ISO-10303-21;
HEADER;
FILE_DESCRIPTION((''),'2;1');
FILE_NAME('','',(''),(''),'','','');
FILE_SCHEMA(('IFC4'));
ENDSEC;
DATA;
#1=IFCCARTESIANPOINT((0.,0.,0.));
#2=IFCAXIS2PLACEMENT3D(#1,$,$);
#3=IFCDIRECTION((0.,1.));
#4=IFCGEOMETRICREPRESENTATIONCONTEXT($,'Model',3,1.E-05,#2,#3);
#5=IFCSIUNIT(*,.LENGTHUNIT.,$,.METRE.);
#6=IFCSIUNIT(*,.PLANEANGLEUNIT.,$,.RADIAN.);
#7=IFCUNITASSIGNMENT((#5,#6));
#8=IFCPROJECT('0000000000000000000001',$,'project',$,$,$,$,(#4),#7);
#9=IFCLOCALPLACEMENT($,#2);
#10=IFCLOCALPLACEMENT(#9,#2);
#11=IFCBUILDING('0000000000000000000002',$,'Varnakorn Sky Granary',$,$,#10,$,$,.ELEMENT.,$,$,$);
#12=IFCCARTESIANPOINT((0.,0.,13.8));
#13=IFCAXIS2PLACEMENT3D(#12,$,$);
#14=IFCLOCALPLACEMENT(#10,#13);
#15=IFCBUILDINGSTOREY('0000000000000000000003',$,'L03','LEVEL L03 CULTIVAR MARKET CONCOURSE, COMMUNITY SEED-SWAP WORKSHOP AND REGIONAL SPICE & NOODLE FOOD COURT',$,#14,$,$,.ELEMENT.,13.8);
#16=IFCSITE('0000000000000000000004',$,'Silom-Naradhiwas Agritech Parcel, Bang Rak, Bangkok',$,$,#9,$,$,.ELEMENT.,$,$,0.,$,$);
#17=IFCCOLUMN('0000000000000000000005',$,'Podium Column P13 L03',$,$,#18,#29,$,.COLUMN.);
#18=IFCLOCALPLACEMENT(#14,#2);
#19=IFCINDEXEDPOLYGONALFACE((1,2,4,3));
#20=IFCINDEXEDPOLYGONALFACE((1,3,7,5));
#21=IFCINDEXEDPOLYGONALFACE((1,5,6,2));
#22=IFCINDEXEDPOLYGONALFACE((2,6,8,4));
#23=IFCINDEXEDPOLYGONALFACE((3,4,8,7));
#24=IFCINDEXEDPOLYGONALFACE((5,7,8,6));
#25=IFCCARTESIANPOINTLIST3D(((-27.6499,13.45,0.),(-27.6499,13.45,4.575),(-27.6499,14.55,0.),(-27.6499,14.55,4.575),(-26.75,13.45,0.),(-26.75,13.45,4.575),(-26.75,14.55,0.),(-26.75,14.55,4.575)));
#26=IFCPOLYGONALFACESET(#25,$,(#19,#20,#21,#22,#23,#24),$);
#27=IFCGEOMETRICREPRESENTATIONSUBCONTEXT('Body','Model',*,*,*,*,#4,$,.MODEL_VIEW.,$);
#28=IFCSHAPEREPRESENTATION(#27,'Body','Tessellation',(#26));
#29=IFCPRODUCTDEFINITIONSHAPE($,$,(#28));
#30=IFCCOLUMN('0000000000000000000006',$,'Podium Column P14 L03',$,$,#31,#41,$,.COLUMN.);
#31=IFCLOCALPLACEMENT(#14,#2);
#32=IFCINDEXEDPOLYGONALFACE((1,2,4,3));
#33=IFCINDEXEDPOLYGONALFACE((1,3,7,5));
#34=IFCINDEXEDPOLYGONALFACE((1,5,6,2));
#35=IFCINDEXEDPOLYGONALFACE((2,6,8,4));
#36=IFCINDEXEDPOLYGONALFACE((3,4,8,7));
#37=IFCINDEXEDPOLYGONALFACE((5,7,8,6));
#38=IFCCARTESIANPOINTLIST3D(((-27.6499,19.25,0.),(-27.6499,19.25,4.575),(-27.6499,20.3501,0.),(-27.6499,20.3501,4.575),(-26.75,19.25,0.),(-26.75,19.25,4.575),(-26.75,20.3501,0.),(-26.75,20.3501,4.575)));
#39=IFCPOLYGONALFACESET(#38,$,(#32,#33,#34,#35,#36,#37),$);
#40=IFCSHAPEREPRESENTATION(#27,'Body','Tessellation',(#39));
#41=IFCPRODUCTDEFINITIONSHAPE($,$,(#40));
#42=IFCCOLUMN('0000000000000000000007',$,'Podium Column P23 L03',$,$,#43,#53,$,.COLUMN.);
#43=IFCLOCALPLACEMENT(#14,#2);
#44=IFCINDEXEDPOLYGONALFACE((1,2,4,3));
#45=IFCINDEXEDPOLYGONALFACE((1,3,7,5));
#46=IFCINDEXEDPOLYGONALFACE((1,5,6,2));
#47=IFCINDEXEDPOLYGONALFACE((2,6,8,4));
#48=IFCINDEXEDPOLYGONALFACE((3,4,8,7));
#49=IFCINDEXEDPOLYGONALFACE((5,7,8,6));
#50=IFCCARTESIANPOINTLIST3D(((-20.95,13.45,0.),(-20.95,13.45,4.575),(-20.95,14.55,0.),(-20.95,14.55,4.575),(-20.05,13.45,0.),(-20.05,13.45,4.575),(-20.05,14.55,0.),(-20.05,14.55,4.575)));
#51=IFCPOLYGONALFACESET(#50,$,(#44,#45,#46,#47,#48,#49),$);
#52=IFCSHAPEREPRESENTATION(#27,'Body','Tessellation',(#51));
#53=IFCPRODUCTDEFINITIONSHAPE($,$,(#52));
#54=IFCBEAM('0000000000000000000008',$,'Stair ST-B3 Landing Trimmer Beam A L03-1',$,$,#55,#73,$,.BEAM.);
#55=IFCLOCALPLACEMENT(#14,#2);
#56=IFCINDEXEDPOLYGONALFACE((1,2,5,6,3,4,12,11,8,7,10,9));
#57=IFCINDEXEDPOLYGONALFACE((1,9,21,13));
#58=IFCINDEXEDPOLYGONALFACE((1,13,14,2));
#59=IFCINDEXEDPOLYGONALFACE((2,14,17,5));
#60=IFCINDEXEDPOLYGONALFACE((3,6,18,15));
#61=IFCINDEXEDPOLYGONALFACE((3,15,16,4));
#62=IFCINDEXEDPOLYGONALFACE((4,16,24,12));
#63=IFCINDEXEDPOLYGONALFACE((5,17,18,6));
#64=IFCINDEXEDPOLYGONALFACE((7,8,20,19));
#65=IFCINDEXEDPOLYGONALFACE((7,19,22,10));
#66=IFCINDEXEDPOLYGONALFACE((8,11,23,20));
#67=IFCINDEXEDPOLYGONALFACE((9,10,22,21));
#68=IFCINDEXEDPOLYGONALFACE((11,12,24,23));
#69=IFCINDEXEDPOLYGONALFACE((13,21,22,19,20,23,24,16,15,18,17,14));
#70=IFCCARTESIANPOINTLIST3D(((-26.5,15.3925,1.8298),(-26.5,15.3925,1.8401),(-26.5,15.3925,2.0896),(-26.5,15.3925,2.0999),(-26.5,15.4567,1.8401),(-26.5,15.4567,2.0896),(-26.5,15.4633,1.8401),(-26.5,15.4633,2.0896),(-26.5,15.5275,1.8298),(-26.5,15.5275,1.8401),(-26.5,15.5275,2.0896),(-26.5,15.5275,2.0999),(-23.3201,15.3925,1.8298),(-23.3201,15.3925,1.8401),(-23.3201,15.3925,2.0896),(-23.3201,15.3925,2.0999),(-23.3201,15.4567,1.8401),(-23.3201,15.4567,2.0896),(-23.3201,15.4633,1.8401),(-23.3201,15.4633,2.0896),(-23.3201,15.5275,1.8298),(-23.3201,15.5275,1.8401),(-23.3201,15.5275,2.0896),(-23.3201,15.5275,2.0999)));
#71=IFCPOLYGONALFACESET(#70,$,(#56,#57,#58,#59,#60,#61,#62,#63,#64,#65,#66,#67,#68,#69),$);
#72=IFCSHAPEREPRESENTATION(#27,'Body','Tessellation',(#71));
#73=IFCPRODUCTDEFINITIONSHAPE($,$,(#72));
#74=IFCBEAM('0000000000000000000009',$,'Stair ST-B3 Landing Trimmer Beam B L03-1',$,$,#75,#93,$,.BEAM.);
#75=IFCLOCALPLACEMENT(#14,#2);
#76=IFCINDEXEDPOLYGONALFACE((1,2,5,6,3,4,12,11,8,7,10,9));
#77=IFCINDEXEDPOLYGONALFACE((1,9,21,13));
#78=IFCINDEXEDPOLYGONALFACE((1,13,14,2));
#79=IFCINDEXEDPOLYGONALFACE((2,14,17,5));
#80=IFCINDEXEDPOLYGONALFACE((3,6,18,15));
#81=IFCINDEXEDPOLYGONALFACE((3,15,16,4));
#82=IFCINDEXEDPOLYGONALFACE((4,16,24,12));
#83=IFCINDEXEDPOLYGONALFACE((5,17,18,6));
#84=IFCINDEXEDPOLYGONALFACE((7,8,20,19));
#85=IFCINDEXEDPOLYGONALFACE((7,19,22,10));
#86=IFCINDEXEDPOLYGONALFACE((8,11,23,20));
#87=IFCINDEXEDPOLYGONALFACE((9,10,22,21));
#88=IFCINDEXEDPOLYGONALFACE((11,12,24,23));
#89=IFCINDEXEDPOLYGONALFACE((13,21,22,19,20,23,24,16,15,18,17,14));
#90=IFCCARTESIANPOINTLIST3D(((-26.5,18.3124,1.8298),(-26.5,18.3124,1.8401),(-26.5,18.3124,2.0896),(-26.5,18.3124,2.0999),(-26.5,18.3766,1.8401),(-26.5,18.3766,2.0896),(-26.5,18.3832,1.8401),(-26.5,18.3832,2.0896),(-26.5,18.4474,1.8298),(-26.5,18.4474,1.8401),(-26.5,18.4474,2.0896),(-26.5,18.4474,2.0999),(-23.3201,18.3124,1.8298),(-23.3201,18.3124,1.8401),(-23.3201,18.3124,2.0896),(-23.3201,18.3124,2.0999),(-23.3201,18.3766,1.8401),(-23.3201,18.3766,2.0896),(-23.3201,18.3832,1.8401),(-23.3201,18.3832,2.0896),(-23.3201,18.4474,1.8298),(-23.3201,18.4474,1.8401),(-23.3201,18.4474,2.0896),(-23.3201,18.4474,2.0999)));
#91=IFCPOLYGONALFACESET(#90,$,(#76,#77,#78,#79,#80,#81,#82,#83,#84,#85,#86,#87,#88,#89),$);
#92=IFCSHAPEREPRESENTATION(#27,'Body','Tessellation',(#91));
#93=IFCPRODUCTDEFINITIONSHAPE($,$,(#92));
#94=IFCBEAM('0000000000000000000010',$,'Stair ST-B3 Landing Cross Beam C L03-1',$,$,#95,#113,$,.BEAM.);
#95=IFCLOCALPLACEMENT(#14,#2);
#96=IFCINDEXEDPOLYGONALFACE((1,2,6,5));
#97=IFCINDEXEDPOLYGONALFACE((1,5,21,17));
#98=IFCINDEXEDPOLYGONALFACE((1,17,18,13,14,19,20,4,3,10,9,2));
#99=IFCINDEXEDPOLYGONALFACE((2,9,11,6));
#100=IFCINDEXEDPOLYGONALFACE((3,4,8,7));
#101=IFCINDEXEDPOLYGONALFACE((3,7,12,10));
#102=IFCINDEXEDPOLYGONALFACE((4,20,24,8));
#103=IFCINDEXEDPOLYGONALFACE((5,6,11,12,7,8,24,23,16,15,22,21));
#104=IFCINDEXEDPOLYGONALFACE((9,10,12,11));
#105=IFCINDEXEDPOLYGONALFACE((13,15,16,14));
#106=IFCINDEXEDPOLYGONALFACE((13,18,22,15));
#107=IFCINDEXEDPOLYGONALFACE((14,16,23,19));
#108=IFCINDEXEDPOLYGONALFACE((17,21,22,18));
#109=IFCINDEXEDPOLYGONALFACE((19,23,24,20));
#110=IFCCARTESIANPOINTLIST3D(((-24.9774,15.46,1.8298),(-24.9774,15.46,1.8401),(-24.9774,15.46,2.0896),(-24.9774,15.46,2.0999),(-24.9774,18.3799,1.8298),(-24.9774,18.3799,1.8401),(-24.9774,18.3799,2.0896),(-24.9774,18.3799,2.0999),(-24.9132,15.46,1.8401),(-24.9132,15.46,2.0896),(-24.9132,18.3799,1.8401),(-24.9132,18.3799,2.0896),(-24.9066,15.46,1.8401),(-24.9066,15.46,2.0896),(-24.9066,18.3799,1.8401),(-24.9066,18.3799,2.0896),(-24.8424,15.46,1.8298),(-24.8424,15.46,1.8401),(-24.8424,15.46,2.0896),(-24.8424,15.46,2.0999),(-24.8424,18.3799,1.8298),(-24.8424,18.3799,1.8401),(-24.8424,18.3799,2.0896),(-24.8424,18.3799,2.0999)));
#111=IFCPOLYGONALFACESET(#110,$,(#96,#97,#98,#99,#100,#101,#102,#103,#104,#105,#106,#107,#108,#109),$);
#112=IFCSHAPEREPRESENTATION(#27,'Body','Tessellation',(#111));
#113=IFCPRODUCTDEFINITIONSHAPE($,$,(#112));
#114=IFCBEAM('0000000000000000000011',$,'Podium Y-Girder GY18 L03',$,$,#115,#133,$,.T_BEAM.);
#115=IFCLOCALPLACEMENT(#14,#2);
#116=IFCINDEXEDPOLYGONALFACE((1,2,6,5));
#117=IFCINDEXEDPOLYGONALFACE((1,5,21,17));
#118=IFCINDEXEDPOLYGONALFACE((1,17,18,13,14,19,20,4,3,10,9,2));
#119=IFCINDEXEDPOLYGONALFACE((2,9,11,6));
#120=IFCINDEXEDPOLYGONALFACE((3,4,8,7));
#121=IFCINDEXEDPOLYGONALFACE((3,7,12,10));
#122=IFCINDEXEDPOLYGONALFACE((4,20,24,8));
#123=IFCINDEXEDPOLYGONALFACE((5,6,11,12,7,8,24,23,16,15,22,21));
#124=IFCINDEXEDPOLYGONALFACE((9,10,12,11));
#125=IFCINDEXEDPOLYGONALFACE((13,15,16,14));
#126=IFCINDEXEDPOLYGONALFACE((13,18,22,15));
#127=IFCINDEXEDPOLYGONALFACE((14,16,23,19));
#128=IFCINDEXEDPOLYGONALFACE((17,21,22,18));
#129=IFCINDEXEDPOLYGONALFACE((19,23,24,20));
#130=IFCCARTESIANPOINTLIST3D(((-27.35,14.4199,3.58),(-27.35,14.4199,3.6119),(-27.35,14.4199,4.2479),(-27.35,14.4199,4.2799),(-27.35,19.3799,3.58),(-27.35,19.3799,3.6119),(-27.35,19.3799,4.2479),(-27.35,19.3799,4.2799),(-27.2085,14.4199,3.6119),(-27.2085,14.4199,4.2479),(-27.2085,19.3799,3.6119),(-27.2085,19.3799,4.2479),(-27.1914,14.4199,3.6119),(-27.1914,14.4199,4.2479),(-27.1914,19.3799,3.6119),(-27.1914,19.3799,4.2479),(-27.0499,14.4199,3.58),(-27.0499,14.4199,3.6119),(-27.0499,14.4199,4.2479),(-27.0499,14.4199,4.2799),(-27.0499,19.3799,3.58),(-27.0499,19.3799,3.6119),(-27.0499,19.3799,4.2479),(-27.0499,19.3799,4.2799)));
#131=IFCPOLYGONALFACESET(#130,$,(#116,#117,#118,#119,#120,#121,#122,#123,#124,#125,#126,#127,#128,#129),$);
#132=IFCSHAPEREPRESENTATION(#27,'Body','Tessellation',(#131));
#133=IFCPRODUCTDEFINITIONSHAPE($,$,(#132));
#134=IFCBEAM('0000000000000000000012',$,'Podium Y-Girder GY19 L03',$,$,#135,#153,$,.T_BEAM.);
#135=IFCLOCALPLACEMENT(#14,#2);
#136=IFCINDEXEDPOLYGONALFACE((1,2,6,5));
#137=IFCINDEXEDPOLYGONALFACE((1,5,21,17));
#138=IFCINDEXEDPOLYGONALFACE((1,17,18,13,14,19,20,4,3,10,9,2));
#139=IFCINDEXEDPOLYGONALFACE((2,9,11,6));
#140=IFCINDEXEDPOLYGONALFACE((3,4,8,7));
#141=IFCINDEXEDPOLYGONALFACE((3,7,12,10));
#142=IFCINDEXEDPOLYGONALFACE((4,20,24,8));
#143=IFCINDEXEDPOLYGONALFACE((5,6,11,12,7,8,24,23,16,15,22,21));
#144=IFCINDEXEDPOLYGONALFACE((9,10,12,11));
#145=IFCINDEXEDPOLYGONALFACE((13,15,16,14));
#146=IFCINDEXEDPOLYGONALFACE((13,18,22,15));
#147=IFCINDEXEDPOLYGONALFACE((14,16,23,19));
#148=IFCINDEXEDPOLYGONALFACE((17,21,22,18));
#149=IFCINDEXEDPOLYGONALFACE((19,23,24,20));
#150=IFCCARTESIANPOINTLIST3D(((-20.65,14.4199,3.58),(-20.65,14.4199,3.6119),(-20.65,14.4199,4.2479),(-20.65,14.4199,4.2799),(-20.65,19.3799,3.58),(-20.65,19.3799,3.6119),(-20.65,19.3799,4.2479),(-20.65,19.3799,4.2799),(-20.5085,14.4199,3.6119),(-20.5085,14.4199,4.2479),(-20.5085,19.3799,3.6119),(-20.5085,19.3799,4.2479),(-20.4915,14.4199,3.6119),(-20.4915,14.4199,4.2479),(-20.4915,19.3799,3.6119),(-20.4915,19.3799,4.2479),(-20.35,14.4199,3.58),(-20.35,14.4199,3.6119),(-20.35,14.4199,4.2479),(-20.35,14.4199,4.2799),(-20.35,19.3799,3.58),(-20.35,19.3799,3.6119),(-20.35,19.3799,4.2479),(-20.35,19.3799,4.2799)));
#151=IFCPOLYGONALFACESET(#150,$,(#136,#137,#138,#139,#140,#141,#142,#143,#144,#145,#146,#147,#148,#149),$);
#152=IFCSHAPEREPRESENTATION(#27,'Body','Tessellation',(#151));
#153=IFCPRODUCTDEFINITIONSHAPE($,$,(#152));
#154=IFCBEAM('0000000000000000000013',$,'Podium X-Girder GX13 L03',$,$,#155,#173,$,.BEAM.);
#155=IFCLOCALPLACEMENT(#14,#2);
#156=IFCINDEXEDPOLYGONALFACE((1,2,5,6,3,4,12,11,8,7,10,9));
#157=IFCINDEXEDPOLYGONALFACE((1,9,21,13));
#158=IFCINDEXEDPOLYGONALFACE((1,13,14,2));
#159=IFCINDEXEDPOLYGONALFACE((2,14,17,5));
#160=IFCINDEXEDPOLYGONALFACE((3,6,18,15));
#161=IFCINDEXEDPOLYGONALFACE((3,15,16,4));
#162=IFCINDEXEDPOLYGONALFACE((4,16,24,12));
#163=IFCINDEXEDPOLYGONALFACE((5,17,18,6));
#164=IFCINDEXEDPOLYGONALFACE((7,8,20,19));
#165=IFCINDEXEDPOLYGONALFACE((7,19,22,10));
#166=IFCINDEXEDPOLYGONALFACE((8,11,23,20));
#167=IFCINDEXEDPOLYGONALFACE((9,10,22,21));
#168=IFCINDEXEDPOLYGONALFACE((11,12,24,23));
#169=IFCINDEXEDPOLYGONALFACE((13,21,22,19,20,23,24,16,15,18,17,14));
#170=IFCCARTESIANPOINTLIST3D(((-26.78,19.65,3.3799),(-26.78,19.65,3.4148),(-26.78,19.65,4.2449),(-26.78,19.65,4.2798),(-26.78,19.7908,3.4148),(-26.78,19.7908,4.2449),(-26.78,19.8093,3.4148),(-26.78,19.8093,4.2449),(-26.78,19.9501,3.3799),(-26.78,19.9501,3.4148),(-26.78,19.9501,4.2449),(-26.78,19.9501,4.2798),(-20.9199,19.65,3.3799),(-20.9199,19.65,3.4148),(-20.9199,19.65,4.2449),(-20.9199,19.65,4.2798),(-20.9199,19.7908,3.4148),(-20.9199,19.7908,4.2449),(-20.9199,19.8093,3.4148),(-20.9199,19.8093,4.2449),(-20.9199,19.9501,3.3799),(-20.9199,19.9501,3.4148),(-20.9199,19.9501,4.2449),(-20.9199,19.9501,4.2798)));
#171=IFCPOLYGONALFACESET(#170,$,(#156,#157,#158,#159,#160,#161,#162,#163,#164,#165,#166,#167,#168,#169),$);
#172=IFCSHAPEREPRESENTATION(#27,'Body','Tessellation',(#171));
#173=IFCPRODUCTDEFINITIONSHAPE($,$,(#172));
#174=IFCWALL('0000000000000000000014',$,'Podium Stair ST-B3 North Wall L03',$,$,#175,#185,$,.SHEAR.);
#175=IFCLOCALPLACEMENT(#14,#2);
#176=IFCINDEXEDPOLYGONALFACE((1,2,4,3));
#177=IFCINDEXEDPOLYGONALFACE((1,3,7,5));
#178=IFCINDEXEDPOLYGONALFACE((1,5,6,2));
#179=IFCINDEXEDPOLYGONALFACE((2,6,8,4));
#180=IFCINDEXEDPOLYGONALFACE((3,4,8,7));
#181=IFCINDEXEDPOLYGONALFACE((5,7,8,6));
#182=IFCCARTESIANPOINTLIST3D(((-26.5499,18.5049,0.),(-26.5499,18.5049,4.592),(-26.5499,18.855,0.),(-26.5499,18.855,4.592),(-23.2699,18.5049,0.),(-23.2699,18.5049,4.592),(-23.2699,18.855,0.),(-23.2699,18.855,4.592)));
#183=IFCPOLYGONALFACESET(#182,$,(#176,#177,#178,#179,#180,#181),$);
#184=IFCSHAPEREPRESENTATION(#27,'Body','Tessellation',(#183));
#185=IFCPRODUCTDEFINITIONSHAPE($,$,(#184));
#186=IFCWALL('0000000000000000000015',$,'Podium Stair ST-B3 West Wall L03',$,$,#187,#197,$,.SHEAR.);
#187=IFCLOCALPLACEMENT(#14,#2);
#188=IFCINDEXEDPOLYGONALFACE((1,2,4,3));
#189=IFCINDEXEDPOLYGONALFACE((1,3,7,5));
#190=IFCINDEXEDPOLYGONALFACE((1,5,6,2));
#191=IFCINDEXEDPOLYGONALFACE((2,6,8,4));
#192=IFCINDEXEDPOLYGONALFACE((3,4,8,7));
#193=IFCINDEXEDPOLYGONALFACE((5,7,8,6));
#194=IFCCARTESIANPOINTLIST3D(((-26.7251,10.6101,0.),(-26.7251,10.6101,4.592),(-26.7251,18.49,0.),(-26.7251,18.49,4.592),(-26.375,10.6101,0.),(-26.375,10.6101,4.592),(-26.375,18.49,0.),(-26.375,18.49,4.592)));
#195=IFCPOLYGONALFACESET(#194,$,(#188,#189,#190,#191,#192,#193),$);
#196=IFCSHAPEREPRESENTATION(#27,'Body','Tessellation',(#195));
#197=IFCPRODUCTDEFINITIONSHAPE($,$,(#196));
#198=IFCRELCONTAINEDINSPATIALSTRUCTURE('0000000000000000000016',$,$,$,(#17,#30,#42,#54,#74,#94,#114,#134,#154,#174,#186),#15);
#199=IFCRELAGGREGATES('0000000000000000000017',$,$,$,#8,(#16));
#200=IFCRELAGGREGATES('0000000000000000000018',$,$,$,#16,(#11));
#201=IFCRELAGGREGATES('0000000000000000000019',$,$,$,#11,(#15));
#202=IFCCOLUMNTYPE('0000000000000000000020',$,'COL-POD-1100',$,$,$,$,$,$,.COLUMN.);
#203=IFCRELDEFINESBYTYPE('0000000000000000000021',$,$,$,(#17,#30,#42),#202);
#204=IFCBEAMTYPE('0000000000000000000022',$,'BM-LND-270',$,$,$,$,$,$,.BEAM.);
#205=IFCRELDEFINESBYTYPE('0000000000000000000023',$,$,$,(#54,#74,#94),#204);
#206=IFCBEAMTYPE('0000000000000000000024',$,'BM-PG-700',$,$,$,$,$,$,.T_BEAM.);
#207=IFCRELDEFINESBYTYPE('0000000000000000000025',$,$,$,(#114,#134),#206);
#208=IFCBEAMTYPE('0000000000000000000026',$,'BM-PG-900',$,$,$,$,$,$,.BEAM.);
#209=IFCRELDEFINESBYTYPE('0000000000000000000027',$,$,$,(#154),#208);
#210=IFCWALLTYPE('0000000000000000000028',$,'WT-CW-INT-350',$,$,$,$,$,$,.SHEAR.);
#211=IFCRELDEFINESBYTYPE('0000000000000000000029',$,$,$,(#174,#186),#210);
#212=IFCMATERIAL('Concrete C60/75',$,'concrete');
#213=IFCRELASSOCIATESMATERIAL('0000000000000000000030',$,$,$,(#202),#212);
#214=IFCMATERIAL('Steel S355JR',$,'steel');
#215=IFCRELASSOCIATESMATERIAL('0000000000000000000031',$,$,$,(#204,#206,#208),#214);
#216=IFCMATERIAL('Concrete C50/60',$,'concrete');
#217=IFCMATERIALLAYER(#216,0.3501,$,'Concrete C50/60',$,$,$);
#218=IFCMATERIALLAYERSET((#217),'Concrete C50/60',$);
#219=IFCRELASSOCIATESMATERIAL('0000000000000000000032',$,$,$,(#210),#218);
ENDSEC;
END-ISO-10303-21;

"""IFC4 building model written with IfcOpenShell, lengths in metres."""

from ifc_helpers import new_model, si_unit, direction, frame, frame_2d, origin, origin_2d, place, context, subcontext, project, spatial, rectangle, i_section, extrude, material, layer, layer_set, material_profile, profile_set, type_object, element, save


model = new_model("IFC4")

# Units and contexts
model_context = context("Model", 3, precision=1e-05, world=origin(), true_north=direction((0.0, 1.0)))
body_context = subcontext(model_context, "Body", "Model", "MODEL_VIEW")
ifc_project = project(units=[si_unit("LENGTHUNIT", "METRE"), si_unit("PLANEANGLEUNIT", "RADIAN")], contexts=[model_context])

# Site, building, storey
site_placement = place(None, origin())
site = spatial("IfcSite", under=ifc_project, at=site_placement, Name="Silom-Naradhiwas Agritech Parcel, Bang Rak, Bangkok", CompositionType="ELEMENT", RefElevation=0.0)
building_placement = place(site_placement, origin())
building = spatial("IfcBuilding", under=site, at=building_placement, Name="Varnakorn Sky Granary", CompositionType="ELEMENT")
storey_placement = place(building_placement, frame((0.0, 0.0, 13.8)))
storey = spatial("IfcBuildingStorey", under=building, at=storey_placement, Name="L03", Description="LEVEL L03 CULTIVAR MARKET CONCOURSE, COMMUNITY SEED-SWAP WORKSHOP AND REGIONAL SPICE & NOODLE FOOD COURT", CompositionType="ELEMENT", Elevation=13.8)

# Columns
ifc_material_1 = material(Name="Concrete C60/75", Category="concrete")
ifc_material_profile_1 = material_profile(ifc_material_1, rectangle(XDim=0.8999, YDim=1.1001, at=origin_2d()), Name="RC 900x1100")
ifc_profile_set_1 = profile_set([ifc_material_profile_1], Name="Concrete C60/75")
column_type = type_object("IfcColumnType", Name="COL-POD-1100", PredefinedType="COLUMN", material=ifc_profile_set_1)
for number, where, z_axis, x_axis, name in (
    (1, (-27.2, 14.0, 0.0), (0.0, 0.0, 1.0), (1.0, 0.0, 0.0), "Podium Column P13 L03"),
    (2, (-27.2, 19.8, 0.0), (0.0, 0.0, 1.0), (1.0, 0.0, 0.0), "Podium Column P14 L03"),
    (3, (-20.5, 14.0, 0.0), (0.0, 0.0, 1.0), (1.0, 0.0, 0.0), "Podium Column P23 L03"),
):
    element("IfcColumn", number, at=place(storey_placement, frame(where, z_axis=z_axis, x_axis=x_axis)), inside=storey, type_object=column_type, Name=name, PredefinedType="COLUMN", context=body_context, shape_type="SweptSolid", body=[
        extrude(rectangle(XDim=0.8999, YDim=1.1001, at=origin_2d()), origin(), (0.0, 0.0, 1.0), 4.575),
    ])

# Beams
ifc_material_2 = material(Name="Steel S355JR", Category="steel")
ifc_material_profile_2 = material_profile(ifc_material_2, i_section(OverallWidth=0.135, OverallDepth=0.27, WebThickness=0.0066, FlangeThickness=0.0103, at=origin_2d()), Name="IPE 270")
ifc_profile_set_2 = profile_set([ifc_material_profile_2], Name="Steel S355JR")
beam_type_1 = type_object("IfcBeamType", Name="BM-LND-270", PredefinedType="BEAM", material=ifc_profile_set_2)
for number, where, z_axis, x_axis, name in (
    (4, (-26.5, 15.46, 1.9648), (1.0, 0.0, 0.0), (0.0, 1.0, 0.0), "Stair ST-B3 Landing Trimmer Beam A L03-1"),
    (5, (-26.5, 18.3799, 1.9648), (1.0, 0.0, 0.0), (0.0, 1.0, 0.0), "Stair ST-B3 Landing Trimmer Beam B L03-1"),
):
    element("IfcBeam", number, at=place(storey_placement, frame(where, z_axis=z_axis, x_axis=x_axis)), inside=storey, type_object=beam_type_1, Name=name, PredefinedType="BEAM", context=body_context, shape_type="SweptSolid", body=[
        extrude(i_section(OverallWidth=0.135, OverallDepth=0.27, WebThickness=0.0066, FlangeThickness=0.0103, at=origin_2d()), origin(), (0.0, 0.0, 1.0), 3.1799),
    ])
beam_1_placement = place(storey_placement, frame((-24.9099, 15.46, 1.9648), z_axis=(0.0, 1.0, 0.0), x_axis=(-1.0, 0.0, 0.0)))
element("IfcBeam", 6, at=beam_1_placement, inside=storey, type_object=beam_type_1, Name="Stair ST-B3 Landing Cross Beam C L03-1", PredefinedType="BEAM", context=body_context, shape_type="SweptSolid", body=[
    extrude(i_section(OverallWidth=0.135, OverallDepth=0.27, WebThickness=0.0066, FlangeThickness=0.0103, at=origin_2d()), origin(), (0.0, 0.0, 1.0), 2.9199),
])
ifc_material_profile_3 = material_profile(ifc_material_2, i_section(OverallWidth=0.3, OverallDepth=0.7, WebThickness=0.0171, FlangeThickness=0.032, at=origin_2d()), Name="HE 700 B")
ifc_profile_set_3 = profile_set([ifc_material_profile_3], Name="Steel S355JR")
beam_type_2 = type_object("IfcBeamType", Name="BM-PG-700", PredefinedType="T_BEAM", material=ifc_profile_set_3)
for number, where, z_axis, x_axis, name in (
    (7, (-27.2, 14.4199, 3.9299), (0.0, 1.0, 0.0), (-1.0, 0.0, 0.0), "Podium Y-Girder GY18 L03"),
    (8, (-20.5, 14.4199, 3.9299), (0.0, 1.0, 0.0), (-1.0, 0.0, 0.0), "Podium Y-Girder GY19 L03"),
):
    element("IfcBeam", number, at=place(storey_placement, frame(where, z_axis=z_axis, x_axis=x_axis)), inside=storey, type_object=beam_type_2, Name=name, PredefinedType="T_BEAM", context=body_context, shape_type="SweptSolid", body=[
        extrude(i_section(OverallWidth=0.3, OverallDepth=0.7, WebThickness=0.0171, FlangeThickness=0.032, at=origin_2d()), origin(), (0.0, 0.0, 1.0), 4.96),
    ])
ifc_material_profile_4 = material_profile(ifc_material_2, i_section(OverallWidth=0.3, OverallDepth=0.8999, WebThickness=0.0186, FlangeThickness=0.0349, at=origin_2d()), Name="HE 900 B")
ifc_profile_set_4 = profile_set([ifc_material_profile_4], Name="Steel S355JR")
beam_type_3 = type_object("IfcBeamType", Name="BM-PG-900", PredefinedType="BEAM", material=ifc_profile_set_4)
beam_2_placement = place(storey_placement, frame((-26.78, 19.8, 3.8298), z_axis=(1.0, 0.0, 0.0), x_axis=(0.0, 1.0, 0.0)))
element("IfcBeam", 9, at=beam_2_placement, inside=storey, type_object=beam_type_3, Name="Podium X-Girder GX13 L03", PredefinedType="BEAM", context=body_context, shape_type="SweptSolid", body=[
    extrude(i_section(OverallWidth=0.3, OverallDepth=0.8999, WebThickness=0.0186, FlangeThickness=0.0349, at=origin_2d()), origin(), (0.0, 0.0, 1.0), 5.8601),
])

# Shared definitions
ifc_material_3 = material(Name="Concrete C50/60", Category="concrete")
ifc_layer_1 = layer(ifc_material_3, 0.3501, Name="Concrete C50/60")
ifc_layer_set_1 = layer_set([ifc_layer_1], Name="Concrete C50/60")
wall_type_1 = type_object("IfcWallType", Name="WT-CW-INT-350", PredefinedType="SHEAR", material=ifc_layer_set_1)

# Walls
wall_1_placement = place(storey_placement, frame((-26.55, 18.6799, 0.0), z_axis=(0.0, 0.0, 1.0), x_axis=(1.0, 0.0, 0.0)))
element("IfcWall", 10, at=wall_1_placement, inside=storey, type_object=wall_type_1, Name="Podium Stair ST-B3 North Wall L03", PredefinedType="SHEAR", context=body_context, shape_type="SweptSolid", body=[
    extrude(rectangle(XDim=3.28, YDim=0.3501, at=frame_2d((1.6401, 0.0))), origin(), (0.0, 0.0, 1.0), 4.592),
])
for number, where, z_axis, x_axis, name in (
    (11, (-26.55, 10.6101, 0.0), (0.0, 0.0, 1.0), (0.0, 1.0, 0.0), "Podium Stair ST-B3 West Wall L03"),
):
    element("IfcWall", number, at=place(storey_placement, frame(where, z_axis=z_axis, x_axis=x_axis)), inside=storey, type_object=wall_type_1, Name=name, PredefinedType="SHEAR", context=body_context, shape_type="SweptSolid", body=[
        extrude(rectangle(XDim=7.8799, YDim=0.3501, at=frame_2d((3.9399, 0.0))), origin(), (0.0, 0.0, 1.0), 4.592),
    ])

save(model, "model.ifc")
